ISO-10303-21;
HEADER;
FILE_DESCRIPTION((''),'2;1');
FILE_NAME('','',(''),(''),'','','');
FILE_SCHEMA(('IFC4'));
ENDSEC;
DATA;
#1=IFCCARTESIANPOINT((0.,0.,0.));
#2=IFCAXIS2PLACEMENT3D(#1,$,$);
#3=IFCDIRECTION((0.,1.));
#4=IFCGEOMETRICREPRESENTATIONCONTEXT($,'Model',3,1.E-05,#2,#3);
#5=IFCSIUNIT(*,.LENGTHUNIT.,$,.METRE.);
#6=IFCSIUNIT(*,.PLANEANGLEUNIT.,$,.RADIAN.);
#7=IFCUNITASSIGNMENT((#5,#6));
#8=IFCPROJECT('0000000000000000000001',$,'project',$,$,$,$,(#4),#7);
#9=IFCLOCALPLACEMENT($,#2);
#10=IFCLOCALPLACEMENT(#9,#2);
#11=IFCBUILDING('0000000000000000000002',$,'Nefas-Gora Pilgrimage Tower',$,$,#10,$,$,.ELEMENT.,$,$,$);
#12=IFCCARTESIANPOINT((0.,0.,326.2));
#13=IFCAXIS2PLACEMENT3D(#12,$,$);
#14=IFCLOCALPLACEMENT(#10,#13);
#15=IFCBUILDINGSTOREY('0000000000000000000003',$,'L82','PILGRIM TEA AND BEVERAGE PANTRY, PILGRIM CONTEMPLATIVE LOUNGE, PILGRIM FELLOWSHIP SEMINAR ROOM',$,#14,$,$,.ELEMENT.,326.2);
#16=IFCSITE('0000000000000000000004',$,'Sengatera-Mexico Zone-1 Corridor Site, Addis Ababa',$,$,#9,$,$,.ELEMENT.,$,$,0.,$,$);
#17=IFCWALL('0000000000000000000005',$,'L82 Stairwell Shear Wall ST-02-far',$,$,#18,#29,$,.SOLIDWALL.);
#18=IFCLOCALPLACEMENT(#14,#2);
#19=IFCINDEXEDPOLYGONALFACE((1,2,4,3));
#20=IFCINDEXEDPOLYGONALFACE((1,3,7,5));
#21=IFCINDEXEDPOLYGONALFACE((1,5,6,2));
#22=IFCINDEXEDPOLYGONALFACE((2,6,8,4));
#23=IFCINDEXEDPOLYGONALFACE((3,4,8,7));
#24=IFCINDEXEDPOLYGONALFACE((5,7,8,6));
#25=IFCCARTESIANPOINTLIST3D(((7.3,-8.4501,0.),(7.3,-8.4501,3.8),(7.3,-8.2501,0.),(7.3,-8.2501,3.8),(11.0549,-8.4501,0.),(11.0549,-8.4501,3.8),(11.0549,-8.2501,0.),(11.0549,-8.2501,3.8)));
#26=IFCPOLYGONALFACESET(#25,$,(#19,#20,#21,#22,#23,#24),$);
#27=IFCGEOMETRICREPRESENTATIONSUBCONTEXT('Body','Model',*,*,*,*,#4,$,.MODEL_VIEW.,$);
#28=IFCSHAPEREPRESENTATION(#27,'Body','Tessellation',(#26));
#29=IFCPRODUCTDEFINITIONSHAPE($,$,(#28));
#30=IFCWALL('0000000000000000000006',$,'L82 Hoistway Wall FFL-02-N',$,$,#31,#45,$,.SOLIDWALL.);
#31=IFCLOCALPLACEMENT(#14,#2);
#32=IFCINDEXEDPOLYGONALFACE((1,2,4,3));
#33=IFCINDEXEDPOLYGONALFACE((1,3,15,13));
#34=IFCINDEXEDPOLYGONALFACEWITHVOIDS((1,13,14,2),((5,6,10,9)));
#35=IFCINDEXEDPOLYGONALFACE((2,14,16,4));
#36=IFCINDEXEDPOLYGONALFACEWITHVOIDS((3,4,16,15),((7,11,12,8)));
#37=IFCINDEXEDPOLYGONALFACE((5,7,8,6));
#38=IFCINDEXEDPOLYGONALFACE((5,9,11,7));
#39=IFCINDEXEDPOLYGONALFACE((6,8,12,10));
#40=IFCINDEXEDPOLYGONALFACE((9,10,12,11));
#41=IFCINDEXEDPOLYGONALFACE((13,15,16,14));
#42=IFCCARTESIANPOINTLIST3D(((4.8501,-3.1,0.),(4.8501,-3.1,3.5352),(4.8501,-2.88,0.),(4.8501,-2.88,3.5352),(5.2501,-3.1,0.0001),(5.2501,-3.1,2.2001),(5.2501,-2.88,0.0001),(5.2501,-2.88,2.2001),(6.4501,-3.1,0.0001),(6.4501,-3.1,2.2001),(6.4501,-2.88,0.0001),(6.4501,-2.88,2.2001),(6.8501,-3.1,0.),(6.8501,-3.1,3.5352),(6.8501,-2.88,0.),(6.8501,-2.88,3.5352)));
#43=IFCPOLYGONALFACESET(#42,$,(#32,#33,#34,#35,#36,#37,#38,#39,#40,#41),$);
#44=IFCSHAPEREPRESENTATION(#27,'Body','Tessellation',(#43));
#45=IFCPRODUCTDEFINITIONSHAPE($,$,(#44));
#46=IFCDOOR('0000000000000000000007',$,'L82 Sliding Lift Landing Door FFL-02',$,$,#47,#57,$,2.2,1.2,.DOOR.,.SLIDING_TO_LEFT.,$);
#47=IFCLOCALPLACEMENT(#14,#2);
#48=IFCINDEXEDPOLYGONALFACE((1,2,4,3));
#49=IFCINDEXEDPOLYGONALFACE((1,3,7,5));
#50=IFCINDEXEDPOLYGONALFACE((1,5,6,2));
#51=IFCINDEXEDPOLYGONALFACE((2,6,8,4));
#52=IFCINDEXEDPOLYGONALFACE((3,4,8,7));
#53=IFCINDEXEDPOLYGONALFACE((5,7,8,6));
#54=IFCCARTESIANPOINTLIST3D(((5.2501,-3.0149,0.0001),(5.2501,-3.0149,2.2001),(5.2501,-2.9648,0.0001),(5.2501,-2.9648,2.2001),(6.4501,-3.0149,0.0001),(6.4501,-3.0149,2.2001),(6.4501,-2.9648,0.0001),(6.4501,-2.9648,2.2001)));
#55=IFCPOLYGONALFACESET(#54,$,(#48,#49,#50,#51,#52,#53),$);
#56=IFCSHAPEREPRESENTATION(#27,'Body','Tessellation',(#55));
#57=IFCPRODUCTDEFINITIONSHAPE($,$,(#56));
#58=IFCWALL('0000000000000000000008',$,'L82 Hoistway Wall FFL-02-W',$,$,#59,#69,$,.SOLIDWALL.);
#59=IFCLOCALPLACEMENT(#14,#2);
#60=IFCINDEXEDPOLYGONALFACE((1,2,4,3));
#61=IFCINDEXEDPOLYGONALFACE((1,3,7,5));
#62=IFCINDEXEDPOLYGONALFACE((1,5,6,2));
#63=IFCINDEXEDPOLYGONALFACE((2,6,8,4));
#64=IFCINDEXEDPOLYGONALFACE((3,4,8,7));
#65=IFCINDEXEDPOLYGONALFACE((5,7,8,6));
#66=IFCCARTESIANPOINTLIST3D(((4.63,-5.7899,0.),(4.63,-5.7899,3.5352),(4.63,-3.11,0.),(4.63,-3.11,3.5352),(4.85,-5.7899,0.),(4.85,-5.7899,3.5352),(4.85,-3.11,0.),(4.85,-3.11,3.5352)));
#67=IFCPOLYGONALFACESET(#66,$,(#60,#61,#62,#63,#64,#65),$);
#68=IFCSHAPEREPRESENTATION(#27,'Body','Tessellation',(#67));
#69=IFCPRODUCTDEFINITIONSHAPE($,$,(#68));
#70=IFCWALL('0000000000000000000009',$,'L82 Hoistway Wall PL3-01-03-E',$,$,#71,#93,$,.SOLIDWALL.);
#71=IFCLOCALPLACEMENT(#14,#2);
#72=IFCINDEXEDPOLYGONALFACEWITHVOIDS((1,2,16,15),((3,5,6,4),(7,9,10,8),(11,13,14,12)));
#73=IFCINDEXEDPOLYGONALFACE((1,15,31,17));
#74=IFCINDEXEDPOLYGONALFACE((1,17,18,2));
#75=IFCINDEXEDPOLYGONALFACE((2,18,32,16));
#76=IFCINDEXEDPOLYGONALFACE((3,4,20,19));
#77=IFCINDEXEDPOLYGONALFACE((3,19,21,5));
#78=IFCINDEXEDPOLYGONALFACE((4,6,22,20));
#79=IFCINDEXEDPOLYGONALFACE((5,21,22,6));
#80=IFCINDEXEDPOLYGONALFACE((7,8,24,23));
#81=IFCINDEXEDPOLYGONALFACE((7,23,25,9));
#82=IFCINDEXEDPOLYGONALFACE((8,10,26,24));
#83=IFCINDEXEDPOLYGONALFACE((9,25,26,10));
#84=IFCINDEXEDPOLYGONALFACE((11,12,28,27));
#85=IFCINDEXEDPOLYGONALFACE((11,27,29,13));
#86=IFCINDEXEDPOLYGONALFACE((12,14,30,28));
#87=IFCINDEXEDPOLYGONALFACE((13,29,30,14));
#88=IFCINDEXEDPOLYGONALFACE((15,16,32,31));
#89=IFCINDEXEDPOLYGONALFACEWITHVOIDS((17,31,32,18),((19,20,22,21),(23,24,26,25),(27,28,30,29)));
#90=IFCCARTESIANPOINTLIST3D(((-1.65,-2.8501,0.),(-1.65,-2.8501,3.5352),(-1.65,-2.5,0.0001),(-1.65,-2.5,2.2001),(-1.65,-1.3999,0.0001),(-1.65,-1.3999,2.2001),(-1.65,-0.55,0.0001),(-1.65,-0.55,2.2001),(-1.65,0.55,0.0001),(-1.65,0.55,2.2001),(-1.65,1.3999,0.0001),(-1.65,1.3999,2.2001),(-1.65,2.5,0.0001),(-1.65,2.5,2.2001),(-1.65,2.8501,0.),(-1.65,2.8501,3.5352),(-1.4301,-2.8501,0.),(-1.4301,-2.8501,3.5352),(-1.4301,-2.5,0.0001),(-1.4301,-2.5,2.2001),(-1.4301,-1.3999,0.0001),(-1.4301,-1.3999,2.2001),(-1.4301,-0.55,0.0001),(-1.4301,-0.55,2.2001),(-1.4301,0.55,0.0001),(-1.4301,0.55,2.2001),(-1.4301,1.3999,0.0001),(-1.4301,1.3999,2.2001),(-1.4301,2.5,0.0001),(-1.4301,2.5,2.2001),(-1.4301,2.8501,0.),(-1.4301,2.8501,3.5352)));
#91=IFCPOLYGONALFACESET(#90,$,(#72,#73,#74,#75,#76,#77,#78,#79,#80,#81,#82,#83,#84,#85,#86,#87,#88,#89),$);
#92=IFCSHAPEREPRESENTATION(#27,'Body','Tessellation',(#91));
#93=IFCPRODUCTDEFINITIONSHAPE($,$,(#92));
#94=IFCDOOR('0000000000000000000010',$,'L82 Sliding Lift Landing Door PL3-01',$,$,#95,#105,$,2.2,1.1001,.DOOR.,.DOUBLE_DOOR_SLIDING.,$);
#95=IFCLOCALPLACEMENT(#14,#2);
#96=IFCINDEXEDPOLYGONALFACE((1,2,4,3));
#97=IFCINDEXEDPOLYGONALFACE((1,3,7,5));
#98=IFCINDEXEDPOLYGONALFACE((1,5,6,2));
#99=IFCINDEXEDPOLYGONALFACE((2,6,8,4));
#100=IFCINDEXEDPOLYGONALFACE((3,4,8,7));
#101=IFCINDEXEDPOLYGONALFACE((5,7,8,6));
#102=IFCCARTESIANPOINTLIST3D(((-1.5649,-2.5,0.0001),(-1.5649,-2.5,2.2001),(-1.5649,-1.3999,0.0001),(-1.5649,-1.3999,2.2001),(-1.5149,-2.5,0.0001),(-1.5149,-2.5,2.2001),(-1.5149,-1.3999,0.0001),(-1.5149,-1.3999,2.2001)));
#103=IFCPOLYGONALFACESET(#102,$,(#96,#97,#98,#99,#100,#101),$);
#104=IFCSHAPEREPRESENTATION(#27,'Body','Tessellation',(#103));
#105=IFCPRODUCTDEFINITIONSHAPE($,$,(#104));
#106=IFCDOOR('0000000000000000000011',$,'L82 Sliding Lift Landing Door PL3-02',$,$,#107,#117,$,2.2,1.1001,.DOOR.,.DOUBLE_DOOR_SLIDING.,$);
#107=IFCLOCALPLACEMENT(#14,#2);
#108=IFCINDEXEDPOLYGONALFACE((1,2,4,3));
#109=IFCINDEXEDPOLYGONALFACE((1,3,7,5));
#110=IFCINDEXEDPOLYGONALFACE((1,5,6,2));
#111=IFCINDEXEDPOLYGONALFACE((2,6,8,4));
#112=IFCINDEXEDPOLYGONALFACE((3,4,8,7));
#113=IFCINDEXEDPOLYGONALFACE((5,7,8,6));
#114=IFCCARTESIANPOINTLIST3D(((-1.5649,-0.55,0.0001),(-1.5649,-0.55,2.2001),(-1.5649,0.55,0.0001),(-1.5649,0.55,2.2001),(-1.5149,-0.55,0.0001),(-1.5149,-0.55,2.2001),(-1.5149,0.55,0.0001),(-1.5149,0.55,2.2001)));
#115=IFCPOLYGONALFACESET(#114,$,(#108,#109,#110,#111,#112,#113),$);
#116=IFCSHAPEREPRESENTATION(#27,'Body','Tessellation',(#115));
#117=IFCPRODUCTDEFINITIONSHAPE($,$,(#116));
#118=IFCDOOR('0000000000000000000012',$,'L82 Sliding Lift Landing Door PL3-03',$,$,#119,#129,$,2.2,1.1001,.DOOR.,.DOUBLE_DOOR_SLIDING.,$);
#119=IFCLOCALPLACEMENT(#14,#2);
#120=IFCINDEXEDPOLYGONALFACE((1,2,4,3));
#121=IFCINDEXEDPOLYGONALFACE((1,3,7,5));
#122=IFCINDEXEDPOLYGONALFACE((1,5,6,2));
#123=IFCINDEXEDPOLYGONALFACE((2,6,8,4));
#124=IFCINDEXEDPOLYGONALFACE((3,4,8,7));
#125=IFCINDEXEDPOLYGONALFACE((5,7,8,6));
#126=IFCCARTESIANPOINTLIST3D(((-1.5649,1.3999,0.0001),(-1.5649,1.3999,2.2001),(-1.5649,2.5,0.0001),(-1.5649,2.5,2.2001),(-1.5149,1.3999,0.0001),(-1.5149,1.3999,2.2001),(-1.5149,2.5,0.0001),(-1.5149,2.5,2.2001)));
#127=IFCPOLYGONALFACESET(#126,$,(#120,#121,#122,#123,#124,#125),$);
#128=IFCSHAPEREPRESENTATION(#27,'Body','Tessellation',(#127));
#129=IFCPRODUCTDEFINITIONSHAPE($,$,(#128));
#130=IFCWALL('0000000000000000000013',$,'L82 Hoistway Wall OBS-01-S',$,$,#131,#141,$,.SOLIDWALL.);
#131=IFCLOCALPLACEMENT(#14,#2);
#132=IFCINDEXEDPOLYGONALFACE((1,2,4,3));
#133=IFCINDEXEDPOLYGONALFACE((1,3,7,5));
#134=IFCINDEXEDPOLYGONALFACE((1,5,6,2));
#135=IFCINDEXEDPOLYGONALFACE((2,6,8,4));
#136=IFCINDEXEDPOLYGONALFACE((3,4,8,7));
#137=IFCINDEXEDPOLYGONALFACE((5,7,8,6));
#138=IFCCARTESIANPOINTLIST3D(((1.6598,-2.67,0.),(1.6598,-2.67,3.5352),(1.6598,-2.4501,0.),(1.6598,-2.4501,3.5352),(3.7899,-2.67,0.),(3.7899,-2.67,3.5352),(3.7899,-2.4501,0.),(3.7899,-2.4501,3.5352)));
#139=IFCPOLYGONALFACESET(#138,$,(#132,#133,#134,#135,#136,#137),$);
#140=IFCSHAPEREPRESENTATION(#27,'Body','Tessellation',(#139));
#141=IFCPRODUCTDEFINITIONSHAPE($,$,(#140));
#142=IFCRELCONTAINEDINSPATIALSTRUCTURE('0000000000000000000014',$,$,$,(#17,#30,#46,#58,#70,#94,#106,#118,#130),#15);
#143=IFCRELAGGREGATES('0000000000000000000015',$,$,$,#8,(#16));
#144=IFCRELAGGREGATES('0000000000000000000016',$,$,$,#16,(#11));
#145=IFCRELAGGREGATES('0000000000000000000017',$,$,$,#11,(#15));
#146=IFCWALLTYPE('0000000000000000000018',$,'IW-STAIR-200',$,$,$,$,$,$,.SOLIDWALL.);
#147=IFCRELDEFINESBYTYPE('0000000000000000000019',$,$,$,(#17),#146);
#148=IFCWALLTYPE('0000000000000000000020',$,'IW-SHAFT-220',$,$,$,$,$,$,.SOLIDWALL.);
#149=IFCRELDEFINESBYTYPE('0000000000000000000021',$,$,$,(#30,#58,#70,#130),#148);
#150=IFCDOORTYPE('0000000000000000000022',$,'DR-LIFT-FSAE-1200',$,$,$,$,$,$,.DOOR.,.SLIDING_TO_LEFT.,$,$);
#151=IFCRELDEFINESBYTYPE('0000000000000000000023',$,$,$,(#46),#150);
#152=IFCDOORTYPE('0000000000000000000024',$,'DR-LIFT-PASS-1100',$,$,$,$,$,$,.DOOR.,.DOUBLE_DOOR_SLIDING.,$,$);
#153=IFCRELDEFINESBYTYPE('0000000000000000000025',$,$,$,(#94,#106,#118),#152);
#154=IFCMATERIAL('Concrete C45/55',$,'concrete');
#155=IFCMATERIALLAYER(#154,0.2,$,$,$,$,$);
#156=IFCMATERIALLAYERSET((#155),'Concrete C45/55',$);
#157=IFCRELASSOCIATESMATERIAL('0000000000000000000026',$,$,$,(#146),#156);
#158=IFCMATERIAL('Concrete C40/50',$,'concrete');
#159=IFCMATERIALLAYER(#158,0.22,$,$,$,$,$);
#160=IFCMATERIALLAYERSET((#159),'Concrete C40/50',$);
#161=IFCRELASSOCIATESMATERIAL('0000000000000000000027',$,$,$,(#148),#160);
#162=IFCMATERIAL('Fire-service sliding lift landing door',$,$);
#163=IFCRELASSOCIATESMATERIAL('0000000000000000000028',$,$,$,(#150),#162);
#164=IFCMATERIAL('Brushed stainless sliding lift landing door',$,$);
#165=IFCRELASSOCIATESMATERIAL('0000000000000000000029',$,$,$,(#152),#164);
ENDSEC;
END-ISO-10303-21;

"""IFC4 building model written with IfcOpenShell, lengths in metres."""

from ifc_helpers import new_model, si_unit, direction, frame, frame_2d, origin, place, context, subcontext, project, spatial, rectangle, extrude, source, transform, mapped, material, layer, layer_set, type_object, element, fill, save


model = new_model("IFC4")

# Units and contexts
model_context = context("Model", 3, precision=1e-05, world=origin(), true_north=direction((0.0, 1.0)))
body_context = subcontext(model_context, "Body", "Model", "MODEL_VIEW")
ifc_project = project(units=[si_unit("LENGTHUNIT", "METRE"), si_unit("PLANEANGLEUNIT", "RADIAN")], contexts=[model_context])

# Site, building, storey
site_placement = place(None, origin())
site = spatial("IfcSite", under=ifc_project, at=site_placement, Name="Sengatera-Mexico Zone-1 Corridor Site, Addis Ababa", CompositionType="ELEMENT", RefElevation=0.0)
building_placement = place(site_placement, origin())
building = spatial("IfcBuilding", under=site, at=building_placement, Name="Nefas-Gora Pilgrimage Tower", CompositionType="ELEMENT")
storey_placement = place(building_placement, frame((0.0, 0.0, 326.2)))
storey = spatial("IfcBuildingStorey", under=building, at=storey_placement, Name="L82", Description="PILGRIM TEA AND BEVERAGE PANTRY, PILGRIM CONTEMPLATIVE LOUNGE, PILGRIM FELLOWSHIP SEMINAR ROOM", CompositionType="ELEMENT", Elevation=326.2)

# Shared definitions
ifc_material_1 = material(Name="Concrete C40/50", Category="concrete")

# Shared definitions
ifc_material_2 = material(Name="Concrete C45/55", Category="concrete")

# Shared definitions
ifc_layer_1 = layer(ifc_material_2, 0.2)
ifc_layer_set_1 = layer_set([ifc_layer_1], Name="Concrete C45/55")
wall_type_1 = type_object("IfcWallType", Name="IW-STAIR-200", PredefinedType="SOLIDWALL", material=ifc_layer_set_1)

# Wall
shared_shape_1 = source(origin(), body_context, "Body", "SweptSolid", [
    extrude(rectangle(XDim=3.7549, YDim=0.2, at=frame_2d((1.8774, 0.0))), origin(), (0.0, 0.0, 1.0), 3.8),
])
wall_1_placement = place(storey_placement, frame((7.3, -8.3501, 0.0), z_axis=(0.0, 0.0, 1.0), x_axis=(1.0, 0.0, 0.0)))
element("IfcWall", 1, at=wall_1_placement, inside=storey, type_object=wall_type_1, Name="L82 Stairwell Shear Wall ST-02-far", PredefinedType="SOLIDWALL", context=body_context, shape_type="MappedRepresentation", body=[
    mapped(shared_shape_1, transform((0.0, 0.0, 0.0), x_axis=(1.0, 0.0, 0.0), y_axis=(0.0, 1.0, 0.0), z_axis=(0.0, 0.0, 1.0), scale=1.0)),
])

# Wall, opening, door
ifc_layer_2 = layer(ifc_material_1, 0.22)
ifc_layer_set_2 = layer_set([ifc_layer_2], Name="Concrete C40/50")
wall_type_2 = type_object("IfcWallType", Name="IW-SHAFT-220", PredefinedType="SOLIDWALL", material=ifc_layer_set_2)
shared_shape_2 = source(origin(), body_context, "Body", "SweptSolid", [
    extrude(rectangle(XDim=2.0, YDim=0.22, at=frame_2d((1.0, 0.0))), origin(), (0.0, 0.0, 1.0), 3.5352),
])
wall_2_placement = place(storey_placement, frame((6.8501, -2.99, 0.0), z_axis=(0.0, 0.0, 1.0), x_axis=(-1.0, 0.0, 0.0)))
wall_2 = element("IfcWall", 2, at=wall_2_placement, inside=storey, type_object=wall_type_2, Name="L82 Hoistway Wall FFL-02-N", PredefinedType="SOLIDWALL", context=body_context, shape_type="MappedRepresentation", body=[
    mapped(shared_shape_2, transform((0.0, 0.0, 0.0), x_axis=(1.0, 0.0, 0.0), y_axis=(0.0, 1.0, 0.0), z_axis=(0.0, 0.0, 1.0), scale=1.0)),
])
opening_1_placement = place(wall_2_placement, frame((0.3999, 0.0, 0.0)))
opening_1 = element("IfcOpeningElement", 3, at=opening_1_placement, cuts=wall_2, PredefinedType="OPENING", context=body_context, shape_type="SweptSolid", body=[
    extrude(rectangle(XDim=1.2, YDim=2.2, at=frame_2d((0.6001, 1.1001))), frame((0.0, 0.1199, 0.0), z_axis=(0.0, -1.0, 0.0), x_axis=(1.0, 0.0, 0.0)), (0.0, 0.0, 1.0), 0.24),
])
ifc_material_3 = material(Name="Fire-service sliding lift landing door")
door_type_1 = type_object("IfcDoorType", Name="DR-LIFT-FSAE-1200", OperationType="SLIDING_TO_LEFT", PredefinedType="DOOR", material=ifc_material_3)
shared_shape_3 = source(origin(), body_context, "Body", "SweptSolid", [
    extrude(rectangle(XDim=1.2, YDim=2.2, at=frame_2d((0.6001, 1.1001))), frame((0.0, 0.0249, 0.0), z_axis=(0.0, -1.0, 0.0), x_axis=(1.0, 0.0, 0.0)), (0.0, 0.0, 1.0), 0.05),
])
door_1_placement = place(opening_1_placement, origin())
door_1 = element("IfcDoor", 4, at=door_1_placement, inside=storey, type_object=door_type_1, Name="L82 Sliding Lift Landing Door FFL-02", OperationType="SLIDING_TO_LEFT", OverallHeight=2.2, OverallWidth=1.2, PredefinedType="DOOR", context=body_context, shape_type="MappedRepresentation", body=[
    mapped(shared_shape_3, transform((0.0, 0.0, 0.0), x_axis=(1.0, 0.0, 0.0), y_axis=(0.0, 1.0, 0.0), z_axis=(0.0, 0.0, 1.0), scale=1.0)),
])
fill(opening_1, door_1)

# Wall
shared_shape_4 = source(origin(), body_context, "Body", "SweptSolid", [
    extrude(rectangle(XDim=2.6799, YDim=0.22, at=frame_2d((1.3398, 0.0))), origin(), (0.0, 0.0, 1.0), 3.5352),
])
wall_3_placement = place(storey_placement, frame((4.74, -3.1101, 0.0), z_axis=(0.0, 0.0, 1.0), x_axis=(0.0, -1.0, 0.0)))
element("IfcWall", 5, at=wall_3_placement, inside=storey, type_object=wall_type_2, Name="L82 Hoistway Wall FFL-02-W", PredefinedType="SOLIDWALL", context=body_context, shape_type="MappedRepresentation", body=[
    mapped(shared_shape_4, transform((0.0, 0.0, 0.0), x_axis=(1.0, 0.0, 0.0), y_axis=(0.0, 1.0, 0.0), z_axis=(0.0, 0.0, 1.0), scale=1.0)),
])

# Wall, openings, doors
shared_shape_5 = source(origin(), body_context, "Body", "SweptSolid", [
    extrude(rectangle(XDim=5.7002, YDim=0.22, at=frame_2d((2.8501, 0.0))), origin(), (0.0, 0.0, 1.0), 3.5352),
])
wall_4_placement = place(storey_placement, frame((-1.54, -2.8501, 0.0), z_axis=(0.0, 0.0, 1.0), x_axis=(0.0, 1.0, 0.0)))
wall_4 = element("IfcWall", 6, at=wall_4_placement, inside=storey, type_object=wall_type_2, Name="L82 Hoistway Wall PL3-01-03-E", PredefinedType="SOLIDWALL", context=body_context, shape_type="MappedRepresentation", body=[
    mapped(shared_shape_5, transform((0.0, 0.0, 0.0), x_axis=(1.0, 0.0, 0.0), y_axis=(0.0, 1.0, 0.0), z_axis=(0.0, 0.0, 1.0), scale=1.0)),
])
opening_2_placement = place(wall_4_placement, frame((0.3501, 0.0, 0.0)))
opening_2 = element("IfcOpeningElement", 7, at=opening_2_placement, cuts=wall_4, PredefinedType="OPENING", context=body_context, shape_type="SweptSolid", body=[
    extrude(rectangle(XDim=1.1001, YDim=2.2, at=frame_2d((0.55, 1.1001))), frame((0.0, 0.1199, 0.0), z_axis=(0.0, -1.0, 0.0), x_axis=(1.0, 0.0, 0.0)), (0.0, 0.0, 1.0), 0.24),
])
opening_3_placement = place(wall_4_placement, frame((2.3, 0.0, 0.0)))
opening_3 = element("IfcOpeningElement", 8, at=opening_3_placement, cuts=wall_4, PredefinedType="OPENING", context=body_context, shape_type="SweptSolid", body=[
    extrude(rectangle(XDim=1.1001, YDim=2.2, at=frame_2d((0.55, 1.1001))), frame((0.0, 0.1199, 0.0), z_axis=(0.0, -1.0, 0.0), x_axis=(1.0, 0.0, 0.0)), (0.0, 0.0, 1.0), 0.24),
])
opening_4_placement = place(wall_4_placement, frame((4.25, 0.0, 0.0)))
opening_4 = element("IfcOpeningElement", 9, at=opening_4_placement, cuts=wall_4, PredefinedType="OPENING", context=body_context, shape_type="SweptSolid", body=[
    extrude(rectangle(XDim=1.1001, YDim=2.2, at=frame_2d((0.55, 1.1001))), frame((0.0, 0.1199, 0.0), z_axis=(0.0, -1.0, 0.0), x_axis=(1.0, 0.0, 0.0)), (0.0, 0.0, 1.0), 0.24),
])
ifc_material_4 = material(Name="Brushed stainless sliding lift landing door")
door_type_2 = type_object("IfcDoorType", Name="DR-LIFT-PASS-1100", OperationType="DOUBLE_DOOR_SLIDING", PredefinedType="DOOR", material=ifc_material_4)
shared_shape_6 = source(origin(), body_context, "Body", "SweptSolid", [
    extrude(rectangle(XDim=1.1001, YDim=2.2, at=frame_2d((0.55, 1.1001))), frame((0.0, 0.0249, 0.0), z_axis=(0.0, -1.0, 0.0), x_axis=(1.0, 0.0, 0.0)), (0.0, 0.0, 1.0), 0.05),
])
door_2_placement = place(opening_2_placement, origin())
door_2 = element("IfcDoor", 10, at=door_2_placement, inside=storey, type_object=door_type_2, Name="L82 Sliding Lift Landing Door PL3-01", OperationType="DOUBLE_DOOR_SLIDING", OverallHeight=2.2, OverallWidth=1.1001, PredefinedType="DOOR", context=body_context, shape_type="MappedRepresentation", body=[
    mapped(shared_shape_6, transform((0.0, 0.0, 0.0), x_axis=(1.0, 0.0, 0.0), y_axis=(0.0, 1.0, 0.0), z_axis=(0.0, 0.0, 1.0), scale=1.0)),
])
fill(opening_2, door_2)
door_3_placement = place(opening_3_placement, origin())
door_3 = element("IfcDoor", 11, at=door_3_placement, inside=storey, type_object=door_type_2, Name="L82 Sliding Lift Landing Door PL3-02", OperationType="DOUBLE_DOOR_SLIDING", OverallHeight=2.2, OverallWidth=1.1001, PredefinedType="DOOR", context=body_context, shape_type="MappedRepresentation", body=[
    mapped(shared_shape_6, transform((0.0, 0.0, 0.0), x_axis=(1.0, 0.0, 0.0), y_axis=(0.0, 1.0, 0.0), z_axis=(0.0, 0.0, 1.0), scale=1.0)),
])
fill(opening_3, door_3)
door_4_placement = place(opening_4_placement, origin())
door_4 = element("IfcDoor", 12, at=door_4_placement, inside=storey, type_object=door_type_2, Name="L82 Sliding Lift Landing Door PL3-03", OperationType="DOUBLE_DOOR_SLIDING", OverallHeight=2.2, OverallWidth=1.1001, PredefinedType="DOOR", context=body_context, shape_type="MappedRepresentation", body=[
    mapped(shared_shape_6, transform((0.0, 0.0, 0.0), x_axis=(1.0, 0.0, 0.0), y_axis=(0.0, 1.0, 0.0), z_axis=(0.0, 0.0, 1.0), scale=1.0)),
])
fill(opening_4, door_4)

# Wall
shared_shape_7 = source(origin(), body_context, "Body", "SweptSolid", [
    extrude(rectangle(XDim=2.1301, YDim=0.22, at=frame_2d((1.0649, 0.0))), origin(), (0.0, 0.0, 1.0), 3.5352),
])
wall_5_placement = place(storey_placement, frame((1.6599, -2.5601, 0.0), z_axis=(0.0, 0.0, 1.0), x_axis=(1.0, 0.0, 0.0)))
element("IfcWall", 13, at=wall_5_placement, inside=storey, type_object=wall_type_2, Name="L82 Hoistway Wall OBS-01-S", PredefinedType="SOLIDWALL", context=body_context, shape_type="MappedRepresentation", body=[
    mapped(shared_shape_7, transform((0.0, 0.0, 0.0), x_axis=(1.0, 0.0, 0.0), y_axis=(0.0, 1.0, 0.0), z_axis=(0.0, 0.0, 1.0), scale=1.0)),
])

save(model, "model.ifc")
